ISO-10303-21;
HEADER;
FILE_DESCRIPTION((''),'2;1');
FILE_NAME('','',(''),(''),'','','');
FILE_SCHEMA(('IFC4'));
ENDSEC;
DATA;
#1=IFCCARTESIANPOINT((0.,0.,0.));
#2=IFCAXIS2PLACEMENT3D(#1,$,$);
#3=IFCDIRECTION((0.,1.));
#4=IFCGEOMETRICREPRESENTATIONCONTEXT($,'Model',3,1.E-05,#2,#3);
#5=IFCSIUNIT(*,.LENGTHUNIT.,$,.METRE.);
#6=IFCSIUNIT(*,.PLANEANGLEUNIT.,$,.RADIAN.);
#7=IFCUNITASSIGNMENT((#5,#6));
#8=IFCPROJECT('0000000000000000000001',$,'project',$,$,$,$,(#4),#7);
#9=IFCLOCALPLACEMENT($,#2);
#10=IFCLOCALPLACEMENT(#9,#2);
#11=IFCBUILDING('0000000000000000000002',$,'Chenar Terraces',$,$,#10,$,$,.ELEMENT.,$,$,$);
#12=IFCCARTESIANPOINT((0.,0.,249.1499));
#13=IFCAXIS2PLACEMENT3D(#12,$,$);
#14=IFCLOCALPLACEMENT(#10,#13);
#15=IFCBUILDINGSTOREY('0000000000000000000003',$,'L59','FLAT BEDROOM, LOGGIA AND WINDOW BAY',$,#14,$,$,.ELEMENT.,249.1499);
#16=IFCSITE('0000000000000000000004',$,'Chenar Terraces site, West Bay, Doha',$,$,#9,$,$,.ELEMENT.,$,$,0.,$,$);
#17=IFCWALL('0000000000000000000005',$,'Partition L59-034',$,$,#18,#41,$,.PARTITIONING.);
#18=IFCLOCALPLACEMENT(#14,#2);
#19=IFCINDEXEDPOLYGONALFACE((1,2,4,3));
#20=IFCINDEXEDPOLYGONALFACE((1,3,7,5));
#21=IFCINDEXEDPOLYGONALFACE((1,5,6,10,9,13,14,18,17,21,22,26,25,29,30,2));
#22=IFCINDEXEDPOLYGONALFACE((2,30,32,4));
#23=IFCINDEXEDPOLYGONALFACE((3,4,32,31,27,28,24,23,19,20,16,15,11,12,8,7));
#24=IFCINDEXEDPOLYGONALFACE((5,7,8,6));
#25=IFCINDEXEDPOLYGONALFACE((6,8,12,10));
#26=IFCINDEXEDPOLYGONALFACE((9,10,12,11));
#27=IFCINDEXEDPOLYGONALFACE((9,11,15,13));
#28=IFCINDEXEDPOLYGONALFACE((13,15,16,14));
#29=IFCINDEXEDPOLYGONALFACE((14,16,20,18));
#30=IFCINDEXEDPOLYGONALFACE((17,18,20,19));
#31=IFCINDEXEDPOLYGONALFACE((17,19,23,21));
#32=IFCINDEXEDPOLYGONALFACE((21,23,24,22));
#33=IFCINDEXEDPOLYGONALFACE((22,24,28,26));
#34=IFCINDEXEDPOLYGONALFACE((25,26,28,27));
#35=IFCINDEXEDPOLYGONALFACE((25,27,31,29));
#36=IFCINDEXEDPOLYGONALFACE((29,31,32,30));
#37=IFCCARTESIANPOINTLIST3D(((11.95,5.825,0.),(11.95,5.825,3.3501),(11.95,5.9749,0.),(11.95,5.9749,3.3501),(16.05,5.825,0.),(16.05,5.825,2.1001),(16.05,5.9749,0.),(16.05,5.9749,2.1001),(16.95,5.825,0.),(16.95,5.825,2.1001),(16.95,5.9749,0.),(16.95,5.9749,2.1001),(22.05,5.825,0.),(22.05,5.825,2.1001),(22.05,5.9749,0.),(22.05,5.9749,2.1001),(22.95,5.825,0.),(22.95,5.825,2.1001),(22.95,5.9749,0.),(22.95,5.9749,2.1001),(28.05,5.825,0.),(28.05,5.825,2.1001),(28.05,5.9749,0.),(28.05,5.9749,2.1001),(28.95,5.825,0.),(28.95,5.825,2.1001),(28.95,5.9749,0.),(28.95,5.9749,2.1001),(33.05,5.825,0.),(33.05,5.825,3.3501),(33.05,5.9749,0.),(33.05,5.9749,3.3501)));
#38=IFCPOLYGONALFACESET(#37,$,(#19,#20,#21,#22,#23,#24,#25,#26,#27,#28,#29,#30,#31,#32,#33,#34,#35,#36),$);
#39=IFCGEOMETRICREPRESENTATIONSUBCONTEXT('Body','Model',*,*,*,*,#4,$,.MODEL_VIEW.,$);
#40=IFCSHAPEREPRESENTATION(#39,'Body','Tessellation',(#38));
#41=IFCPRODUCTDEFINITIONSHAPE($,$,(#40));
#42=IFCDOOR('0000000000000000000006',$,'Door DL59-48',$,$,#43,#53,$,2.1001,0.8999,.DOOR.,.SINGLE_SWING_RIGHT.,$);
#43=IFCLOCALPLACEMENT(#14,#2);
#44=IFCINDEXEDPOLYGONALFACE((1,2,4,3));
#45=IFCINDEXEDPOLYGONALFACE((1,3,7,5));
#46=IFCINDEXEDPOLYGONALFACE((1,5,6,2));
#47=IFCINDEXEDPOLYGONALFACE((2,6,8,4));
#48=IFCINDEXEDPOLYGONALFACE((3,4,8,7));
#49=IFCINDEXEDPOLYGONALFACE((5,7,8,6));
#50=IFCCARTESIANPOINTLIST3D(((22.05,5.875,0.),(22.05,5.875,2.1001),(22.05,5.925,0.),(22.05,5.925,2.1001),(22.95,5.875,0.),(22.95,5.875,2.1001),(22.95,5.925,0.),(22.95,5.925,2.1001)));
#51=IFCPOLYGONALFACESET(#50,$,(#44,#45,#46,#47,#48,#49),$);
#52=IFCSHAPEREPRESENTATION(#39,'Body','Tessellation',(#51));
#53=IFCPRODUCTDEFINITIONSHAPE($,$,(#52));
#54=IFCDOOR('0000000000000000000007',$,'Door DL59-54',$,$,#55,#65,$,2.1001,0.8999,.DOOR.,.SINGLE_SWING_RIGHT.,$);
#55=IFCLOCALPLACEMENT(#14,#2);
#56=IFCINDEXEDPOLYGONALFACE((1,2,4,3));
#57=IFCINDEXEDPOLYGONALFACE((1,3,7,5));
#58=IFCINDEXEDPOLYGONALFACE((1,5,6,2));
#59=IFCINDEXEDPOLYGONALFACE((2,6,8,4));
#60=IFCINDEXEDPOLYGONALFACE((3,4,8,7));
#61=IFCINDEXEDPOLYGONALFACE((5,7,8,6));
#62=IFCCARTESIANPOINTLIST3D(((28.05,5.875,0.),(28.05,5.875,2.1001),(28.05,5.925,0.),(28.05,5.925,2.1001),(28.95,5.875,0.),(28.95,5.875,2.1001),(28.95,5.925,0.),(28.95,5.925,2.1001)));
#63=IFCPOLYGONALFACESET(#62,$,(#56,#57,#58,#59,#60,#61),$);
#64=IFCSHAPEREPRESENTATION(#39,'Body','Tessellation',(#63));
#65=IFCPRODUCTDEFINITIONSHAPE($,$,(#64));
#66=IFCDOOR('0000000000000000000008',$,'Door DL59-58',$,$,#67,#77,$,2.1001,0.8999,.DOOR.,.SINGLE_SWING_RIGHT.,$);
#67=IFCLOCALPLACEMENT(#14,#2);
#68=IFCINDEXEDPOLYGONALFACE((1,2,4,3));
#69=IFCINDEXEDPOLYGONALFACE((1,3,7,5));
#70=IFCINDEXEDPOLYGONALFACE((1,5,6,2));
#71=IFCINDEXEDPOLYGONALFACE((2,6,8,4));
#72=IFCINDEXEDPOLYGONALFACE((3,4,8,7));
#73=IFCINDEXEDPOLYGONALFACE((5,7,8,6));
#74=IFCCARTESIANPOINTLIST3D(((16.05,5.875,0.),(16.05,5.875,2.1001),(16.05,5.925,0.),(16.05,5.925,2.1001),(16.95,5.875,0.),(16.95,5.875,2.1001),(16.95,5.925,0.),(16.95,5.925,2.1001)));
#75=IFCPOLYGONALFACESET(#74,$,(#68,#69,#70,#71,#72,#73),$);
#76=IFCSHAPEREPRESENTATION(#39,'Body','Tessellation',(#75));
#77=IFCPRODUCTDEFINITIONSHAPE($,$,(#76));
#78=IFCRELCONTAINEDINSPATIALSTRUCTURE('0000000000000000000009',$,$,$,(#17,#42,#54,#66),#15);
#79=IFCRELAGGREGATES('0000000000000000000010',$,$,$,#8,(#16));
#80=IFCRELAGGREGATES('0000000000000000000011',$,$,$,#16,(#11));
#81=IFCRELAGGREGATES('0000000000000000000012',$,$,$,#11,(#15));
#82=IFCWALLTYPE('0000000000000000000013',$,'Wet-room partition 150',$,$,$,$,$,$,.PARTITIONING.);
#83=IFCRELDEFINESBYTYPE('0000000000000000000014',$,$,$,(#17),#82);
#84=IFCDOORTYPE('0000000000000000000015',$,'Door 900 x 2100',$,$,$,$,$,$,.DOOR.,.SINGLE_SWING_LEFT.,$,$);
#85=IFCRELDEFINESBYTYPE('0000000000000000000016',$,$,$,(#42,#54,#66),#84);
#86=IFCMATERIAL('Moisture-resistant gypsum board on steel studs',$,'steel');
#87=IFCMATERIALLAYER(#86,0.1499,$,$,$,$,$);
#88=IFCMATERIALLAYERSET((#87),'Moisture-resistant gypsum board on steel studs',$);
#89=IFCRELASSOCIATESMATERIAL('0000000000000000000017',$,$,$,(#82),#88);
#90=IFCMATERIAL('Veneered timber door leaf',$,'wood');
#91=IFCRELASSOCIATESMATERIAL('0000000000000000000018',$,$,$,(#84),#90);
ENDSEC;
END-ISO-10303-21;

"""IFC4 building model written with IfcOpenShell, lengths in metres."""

from ifc_helpers import new_model, si_unit, direction, frame, frame_2d, origin, place, context, subcontext, project, spatial, rectangle, extrude, material, layer, layer_set, type_object, element, fill, save


model = new_model("IFC4")

# Units and contexts
model_context = context("Model", 3, precision=1e-05, world=origin(), true_north=direction((0.0, 1.0)))
body_context = subcontext(model_context, "Body", "Model", "MODEL_VIEW")
ifc_project = project(units=[si_unit("LENGTHUNIT", "METRE"), si_unit("PLANEANGLEUNIT", "RADIAN")], contexts=[model_context])

# Site, building, storey
site_placement = place(None, origin())
site = spatial("IfcSite", under=ifc_project, at=site_placement, Name="Chenar Terraces site, West Bay, Doha", CompositionType="ELEMENT", RefElevation=0.0)
building_placement = place(site_placement, origin())
building = spatial("IfcBuilding", under=site, at=building_placement, Name="Chenar Terraces", CompositionType="ELEMENT")
storey_placement = place(building_placement, frame((0.0, 0.0, 249.1499)))
storey = spatial("IfcBuildingStorey", under=building, at=storey_placement, Name="L59", Description="FLAT BEDROOM, LOGGIA AND WINDOW BAY", CompositionType="ELEMENT", Elevation=249.1499)

# Wall, openings, doors
ifc_material_1 = material(Name="Moisture-resistant gypsum board on steel studs", Category="steel")
ifc_layer_1 = layer(ifc_material_1, 0.1499)
ifc_layer_set_1 = layer_set([ifc_layer_1], Name="Moisture-resistant gypsum board on steel studs")
wall_type_1 = type_object("IfcWallType", Name="Wet-room partition 150", PredefinedType="PARTITIONING", material=ifc_layer_set_1)
wall_1_placement = place(storey_placement, frame((11.95, 5.8999, 0.0), z_axis=(0.0, 0.0, 1.0), x_axis=(1.0, 0.0, 0.0)))
wall_1 = element("IfcWall", 1, at=wall_1_placement, inside=storey, type_object=wall_type_1, Name="Partition L59-034", PredefinedType="PARTITIONING", context=body_context, shape_type="SweptSolid", body=[
    extrude(rectangle(XDim=21.1001, YDim=0.1499, at=frame_2d((10.55, 0.0))), origin(), (0.0, 0.0, 1.0), 3.3501),
])
opening_1_placement = place(wall_1_placement, frame((10.1001, 0.0, 0.0)))
opening_1 = element("IfcOpeningElement", 2, at=opening_1_placement, cuts=wall_1, PredefinedType="OPENING", context=body_context, shape_type="SweptSolid", body=[
    extrude(rectangle(XDim=0.8999, YDim=2.1001, at=frame_2d((0.45, 1.05))), frame((0.0, 0.085, 0.0), z_axis=(0.0, -1.0, 0.0), x_axis=(1.0, 0.0, 0.0)), (0.0, 0.0, 1.0), 0.1699),
])
opening_2_placement = place(wall_1_placement, frame((16.1001, 0.0, 0.0)))
opening_2 = element("IfcOpeningElement", 3, at=opening_2_placement, cuts=wall_1, PredefinedType="OPENING", context=body_context, shape_type="SweptSolid", body=[
    extrude(rectangle(XDim=0.8999, YDim=2.1001, at=frame_2d((0.45, 1.05))), frame((0.0, 0.085, 0.0), z_axis=(0.0, -1.0, 0.0), x_axis=(1.0, 0.0, 0.0)), (0.0, 0.0, 1.0), 0.1699),
])
opening_3_placement = place(wall_1_placement, frame((4.1001, 0.0, 0.0)))
opening_3 = element("IfcOpeningElement", 4, at=opening_3_placement, cuts=wall_1, PredefinedType="OPENING", context=body_context, shape_type="SweptSolid", body=[
    extrude(rectangle(XDim=0.8999, YDim=2.1001, at=frame_2d((0.45, 1.05))), frame((0.0, 0.085, 0.0), z_axis=(0.0, -1.0, 0.0), x_axis=(1.0, 0.0, 0.0)), (0.0, 0.0, 1.0), 0.1699),
])
ifc_material_2 = material(Name="Veneered timber door leaf", Category="wood")
door_type_1 = type_object("IfcDoorType", Name="Door 900 x 2100", OperationType="SINGLE_SWING_LEFT", PredefinedType="DOOR", material=ifc_material_2)
door_1_placement = place(opening_1_placement, frame((0.8999, 0.0, 0.0), z_axis=(0.0, 0.0, 1.0), x_axis=(-1.0, 0.0, 0.0)))
door_1 = element("IfcDoor", 5, at=door_1_placement, inside=storey, type_object=door_type_1, Name="Door DL59-48", OperationType="SINGLE_SWING_RIGHT", OverallHeight=2.1001, OverallWidth=0.8999, PredefinedType="DOOR", context=body_context, shape_type="SweptSolid", body=[
    extrude(rectangle(XDim=0.8999, YDim=2.1001, at=frame_2d((0.45, 1.05))), frame((0.0, 0.0249, 0.0), z_axis=(0.0, -1.0, 0.0), x_axis=(1.0, 0.0, 0.0)), (0.0, 0.0, 1.0), 0.05),
])
fill(opening_1, door_1)
door_2_placement = place(opening_2_placement, frame((0.8999, 0.0, 0.0), z_axis=(0.0, 0.0, 1.0), x_axis=(-1.0, 0.0, 0.0)))
door_2 = element("IfcDoor", 6, at=door_2_placement, inside=storey, type_object=door_type_1, Name="Door DL59-54", OperationType="SINGLE_SWING_RIGHT", OverallHeight=2.1001, OverallWidth=0.8999, PredefinedType="DOOR", context=body_context, shape_type="SweptSolid", body=[
    extrude(rectangle(XDim=0.8999, YDim=2.1001, at=frame_2d((0.45, 1.05))), frame((0.0, 0.0249, 0.0), z_axis=(0.0, -1.0, 0.0), x_axis=(1.0, 0.0, 0.0)), (0.0, 0.0, 1.0), 0.05),
])
fill(opening_2, door_2)
door_3_placement = place(opening_3_placement, frame((0.8999, 0.0, 0.0), z_axis=(0.0, 0.0, 1.0), x_axis=(-1.0, 0.0, 0.0)))
door_3 = element("IfcDoor", 7, at=door_3_placement, inside=storey, type_object=door_type_1, Name="Door DL59-58", OperationType="SINGLE_SWING_RIGHT", OverallHeight=2.1001, OverallWidth=0.8999, PredefinedType="DOOR", context=body_context, shape_type="SweptSolid", body=[
    extrude(rectangle(XDim=0.8999, YDim=2.1001, at=frame_2d((0.45, 1.05))), frame((0.0, 0.0249, 0.0), z_axis=(0.0, -1.0, 0.0), x_axis=(1.0, 0.0, 0.0)), (0.0, 0.0, 1.0), 0.05),
])
fill(opening_3, door_3)

save(model, "model.ifc")
